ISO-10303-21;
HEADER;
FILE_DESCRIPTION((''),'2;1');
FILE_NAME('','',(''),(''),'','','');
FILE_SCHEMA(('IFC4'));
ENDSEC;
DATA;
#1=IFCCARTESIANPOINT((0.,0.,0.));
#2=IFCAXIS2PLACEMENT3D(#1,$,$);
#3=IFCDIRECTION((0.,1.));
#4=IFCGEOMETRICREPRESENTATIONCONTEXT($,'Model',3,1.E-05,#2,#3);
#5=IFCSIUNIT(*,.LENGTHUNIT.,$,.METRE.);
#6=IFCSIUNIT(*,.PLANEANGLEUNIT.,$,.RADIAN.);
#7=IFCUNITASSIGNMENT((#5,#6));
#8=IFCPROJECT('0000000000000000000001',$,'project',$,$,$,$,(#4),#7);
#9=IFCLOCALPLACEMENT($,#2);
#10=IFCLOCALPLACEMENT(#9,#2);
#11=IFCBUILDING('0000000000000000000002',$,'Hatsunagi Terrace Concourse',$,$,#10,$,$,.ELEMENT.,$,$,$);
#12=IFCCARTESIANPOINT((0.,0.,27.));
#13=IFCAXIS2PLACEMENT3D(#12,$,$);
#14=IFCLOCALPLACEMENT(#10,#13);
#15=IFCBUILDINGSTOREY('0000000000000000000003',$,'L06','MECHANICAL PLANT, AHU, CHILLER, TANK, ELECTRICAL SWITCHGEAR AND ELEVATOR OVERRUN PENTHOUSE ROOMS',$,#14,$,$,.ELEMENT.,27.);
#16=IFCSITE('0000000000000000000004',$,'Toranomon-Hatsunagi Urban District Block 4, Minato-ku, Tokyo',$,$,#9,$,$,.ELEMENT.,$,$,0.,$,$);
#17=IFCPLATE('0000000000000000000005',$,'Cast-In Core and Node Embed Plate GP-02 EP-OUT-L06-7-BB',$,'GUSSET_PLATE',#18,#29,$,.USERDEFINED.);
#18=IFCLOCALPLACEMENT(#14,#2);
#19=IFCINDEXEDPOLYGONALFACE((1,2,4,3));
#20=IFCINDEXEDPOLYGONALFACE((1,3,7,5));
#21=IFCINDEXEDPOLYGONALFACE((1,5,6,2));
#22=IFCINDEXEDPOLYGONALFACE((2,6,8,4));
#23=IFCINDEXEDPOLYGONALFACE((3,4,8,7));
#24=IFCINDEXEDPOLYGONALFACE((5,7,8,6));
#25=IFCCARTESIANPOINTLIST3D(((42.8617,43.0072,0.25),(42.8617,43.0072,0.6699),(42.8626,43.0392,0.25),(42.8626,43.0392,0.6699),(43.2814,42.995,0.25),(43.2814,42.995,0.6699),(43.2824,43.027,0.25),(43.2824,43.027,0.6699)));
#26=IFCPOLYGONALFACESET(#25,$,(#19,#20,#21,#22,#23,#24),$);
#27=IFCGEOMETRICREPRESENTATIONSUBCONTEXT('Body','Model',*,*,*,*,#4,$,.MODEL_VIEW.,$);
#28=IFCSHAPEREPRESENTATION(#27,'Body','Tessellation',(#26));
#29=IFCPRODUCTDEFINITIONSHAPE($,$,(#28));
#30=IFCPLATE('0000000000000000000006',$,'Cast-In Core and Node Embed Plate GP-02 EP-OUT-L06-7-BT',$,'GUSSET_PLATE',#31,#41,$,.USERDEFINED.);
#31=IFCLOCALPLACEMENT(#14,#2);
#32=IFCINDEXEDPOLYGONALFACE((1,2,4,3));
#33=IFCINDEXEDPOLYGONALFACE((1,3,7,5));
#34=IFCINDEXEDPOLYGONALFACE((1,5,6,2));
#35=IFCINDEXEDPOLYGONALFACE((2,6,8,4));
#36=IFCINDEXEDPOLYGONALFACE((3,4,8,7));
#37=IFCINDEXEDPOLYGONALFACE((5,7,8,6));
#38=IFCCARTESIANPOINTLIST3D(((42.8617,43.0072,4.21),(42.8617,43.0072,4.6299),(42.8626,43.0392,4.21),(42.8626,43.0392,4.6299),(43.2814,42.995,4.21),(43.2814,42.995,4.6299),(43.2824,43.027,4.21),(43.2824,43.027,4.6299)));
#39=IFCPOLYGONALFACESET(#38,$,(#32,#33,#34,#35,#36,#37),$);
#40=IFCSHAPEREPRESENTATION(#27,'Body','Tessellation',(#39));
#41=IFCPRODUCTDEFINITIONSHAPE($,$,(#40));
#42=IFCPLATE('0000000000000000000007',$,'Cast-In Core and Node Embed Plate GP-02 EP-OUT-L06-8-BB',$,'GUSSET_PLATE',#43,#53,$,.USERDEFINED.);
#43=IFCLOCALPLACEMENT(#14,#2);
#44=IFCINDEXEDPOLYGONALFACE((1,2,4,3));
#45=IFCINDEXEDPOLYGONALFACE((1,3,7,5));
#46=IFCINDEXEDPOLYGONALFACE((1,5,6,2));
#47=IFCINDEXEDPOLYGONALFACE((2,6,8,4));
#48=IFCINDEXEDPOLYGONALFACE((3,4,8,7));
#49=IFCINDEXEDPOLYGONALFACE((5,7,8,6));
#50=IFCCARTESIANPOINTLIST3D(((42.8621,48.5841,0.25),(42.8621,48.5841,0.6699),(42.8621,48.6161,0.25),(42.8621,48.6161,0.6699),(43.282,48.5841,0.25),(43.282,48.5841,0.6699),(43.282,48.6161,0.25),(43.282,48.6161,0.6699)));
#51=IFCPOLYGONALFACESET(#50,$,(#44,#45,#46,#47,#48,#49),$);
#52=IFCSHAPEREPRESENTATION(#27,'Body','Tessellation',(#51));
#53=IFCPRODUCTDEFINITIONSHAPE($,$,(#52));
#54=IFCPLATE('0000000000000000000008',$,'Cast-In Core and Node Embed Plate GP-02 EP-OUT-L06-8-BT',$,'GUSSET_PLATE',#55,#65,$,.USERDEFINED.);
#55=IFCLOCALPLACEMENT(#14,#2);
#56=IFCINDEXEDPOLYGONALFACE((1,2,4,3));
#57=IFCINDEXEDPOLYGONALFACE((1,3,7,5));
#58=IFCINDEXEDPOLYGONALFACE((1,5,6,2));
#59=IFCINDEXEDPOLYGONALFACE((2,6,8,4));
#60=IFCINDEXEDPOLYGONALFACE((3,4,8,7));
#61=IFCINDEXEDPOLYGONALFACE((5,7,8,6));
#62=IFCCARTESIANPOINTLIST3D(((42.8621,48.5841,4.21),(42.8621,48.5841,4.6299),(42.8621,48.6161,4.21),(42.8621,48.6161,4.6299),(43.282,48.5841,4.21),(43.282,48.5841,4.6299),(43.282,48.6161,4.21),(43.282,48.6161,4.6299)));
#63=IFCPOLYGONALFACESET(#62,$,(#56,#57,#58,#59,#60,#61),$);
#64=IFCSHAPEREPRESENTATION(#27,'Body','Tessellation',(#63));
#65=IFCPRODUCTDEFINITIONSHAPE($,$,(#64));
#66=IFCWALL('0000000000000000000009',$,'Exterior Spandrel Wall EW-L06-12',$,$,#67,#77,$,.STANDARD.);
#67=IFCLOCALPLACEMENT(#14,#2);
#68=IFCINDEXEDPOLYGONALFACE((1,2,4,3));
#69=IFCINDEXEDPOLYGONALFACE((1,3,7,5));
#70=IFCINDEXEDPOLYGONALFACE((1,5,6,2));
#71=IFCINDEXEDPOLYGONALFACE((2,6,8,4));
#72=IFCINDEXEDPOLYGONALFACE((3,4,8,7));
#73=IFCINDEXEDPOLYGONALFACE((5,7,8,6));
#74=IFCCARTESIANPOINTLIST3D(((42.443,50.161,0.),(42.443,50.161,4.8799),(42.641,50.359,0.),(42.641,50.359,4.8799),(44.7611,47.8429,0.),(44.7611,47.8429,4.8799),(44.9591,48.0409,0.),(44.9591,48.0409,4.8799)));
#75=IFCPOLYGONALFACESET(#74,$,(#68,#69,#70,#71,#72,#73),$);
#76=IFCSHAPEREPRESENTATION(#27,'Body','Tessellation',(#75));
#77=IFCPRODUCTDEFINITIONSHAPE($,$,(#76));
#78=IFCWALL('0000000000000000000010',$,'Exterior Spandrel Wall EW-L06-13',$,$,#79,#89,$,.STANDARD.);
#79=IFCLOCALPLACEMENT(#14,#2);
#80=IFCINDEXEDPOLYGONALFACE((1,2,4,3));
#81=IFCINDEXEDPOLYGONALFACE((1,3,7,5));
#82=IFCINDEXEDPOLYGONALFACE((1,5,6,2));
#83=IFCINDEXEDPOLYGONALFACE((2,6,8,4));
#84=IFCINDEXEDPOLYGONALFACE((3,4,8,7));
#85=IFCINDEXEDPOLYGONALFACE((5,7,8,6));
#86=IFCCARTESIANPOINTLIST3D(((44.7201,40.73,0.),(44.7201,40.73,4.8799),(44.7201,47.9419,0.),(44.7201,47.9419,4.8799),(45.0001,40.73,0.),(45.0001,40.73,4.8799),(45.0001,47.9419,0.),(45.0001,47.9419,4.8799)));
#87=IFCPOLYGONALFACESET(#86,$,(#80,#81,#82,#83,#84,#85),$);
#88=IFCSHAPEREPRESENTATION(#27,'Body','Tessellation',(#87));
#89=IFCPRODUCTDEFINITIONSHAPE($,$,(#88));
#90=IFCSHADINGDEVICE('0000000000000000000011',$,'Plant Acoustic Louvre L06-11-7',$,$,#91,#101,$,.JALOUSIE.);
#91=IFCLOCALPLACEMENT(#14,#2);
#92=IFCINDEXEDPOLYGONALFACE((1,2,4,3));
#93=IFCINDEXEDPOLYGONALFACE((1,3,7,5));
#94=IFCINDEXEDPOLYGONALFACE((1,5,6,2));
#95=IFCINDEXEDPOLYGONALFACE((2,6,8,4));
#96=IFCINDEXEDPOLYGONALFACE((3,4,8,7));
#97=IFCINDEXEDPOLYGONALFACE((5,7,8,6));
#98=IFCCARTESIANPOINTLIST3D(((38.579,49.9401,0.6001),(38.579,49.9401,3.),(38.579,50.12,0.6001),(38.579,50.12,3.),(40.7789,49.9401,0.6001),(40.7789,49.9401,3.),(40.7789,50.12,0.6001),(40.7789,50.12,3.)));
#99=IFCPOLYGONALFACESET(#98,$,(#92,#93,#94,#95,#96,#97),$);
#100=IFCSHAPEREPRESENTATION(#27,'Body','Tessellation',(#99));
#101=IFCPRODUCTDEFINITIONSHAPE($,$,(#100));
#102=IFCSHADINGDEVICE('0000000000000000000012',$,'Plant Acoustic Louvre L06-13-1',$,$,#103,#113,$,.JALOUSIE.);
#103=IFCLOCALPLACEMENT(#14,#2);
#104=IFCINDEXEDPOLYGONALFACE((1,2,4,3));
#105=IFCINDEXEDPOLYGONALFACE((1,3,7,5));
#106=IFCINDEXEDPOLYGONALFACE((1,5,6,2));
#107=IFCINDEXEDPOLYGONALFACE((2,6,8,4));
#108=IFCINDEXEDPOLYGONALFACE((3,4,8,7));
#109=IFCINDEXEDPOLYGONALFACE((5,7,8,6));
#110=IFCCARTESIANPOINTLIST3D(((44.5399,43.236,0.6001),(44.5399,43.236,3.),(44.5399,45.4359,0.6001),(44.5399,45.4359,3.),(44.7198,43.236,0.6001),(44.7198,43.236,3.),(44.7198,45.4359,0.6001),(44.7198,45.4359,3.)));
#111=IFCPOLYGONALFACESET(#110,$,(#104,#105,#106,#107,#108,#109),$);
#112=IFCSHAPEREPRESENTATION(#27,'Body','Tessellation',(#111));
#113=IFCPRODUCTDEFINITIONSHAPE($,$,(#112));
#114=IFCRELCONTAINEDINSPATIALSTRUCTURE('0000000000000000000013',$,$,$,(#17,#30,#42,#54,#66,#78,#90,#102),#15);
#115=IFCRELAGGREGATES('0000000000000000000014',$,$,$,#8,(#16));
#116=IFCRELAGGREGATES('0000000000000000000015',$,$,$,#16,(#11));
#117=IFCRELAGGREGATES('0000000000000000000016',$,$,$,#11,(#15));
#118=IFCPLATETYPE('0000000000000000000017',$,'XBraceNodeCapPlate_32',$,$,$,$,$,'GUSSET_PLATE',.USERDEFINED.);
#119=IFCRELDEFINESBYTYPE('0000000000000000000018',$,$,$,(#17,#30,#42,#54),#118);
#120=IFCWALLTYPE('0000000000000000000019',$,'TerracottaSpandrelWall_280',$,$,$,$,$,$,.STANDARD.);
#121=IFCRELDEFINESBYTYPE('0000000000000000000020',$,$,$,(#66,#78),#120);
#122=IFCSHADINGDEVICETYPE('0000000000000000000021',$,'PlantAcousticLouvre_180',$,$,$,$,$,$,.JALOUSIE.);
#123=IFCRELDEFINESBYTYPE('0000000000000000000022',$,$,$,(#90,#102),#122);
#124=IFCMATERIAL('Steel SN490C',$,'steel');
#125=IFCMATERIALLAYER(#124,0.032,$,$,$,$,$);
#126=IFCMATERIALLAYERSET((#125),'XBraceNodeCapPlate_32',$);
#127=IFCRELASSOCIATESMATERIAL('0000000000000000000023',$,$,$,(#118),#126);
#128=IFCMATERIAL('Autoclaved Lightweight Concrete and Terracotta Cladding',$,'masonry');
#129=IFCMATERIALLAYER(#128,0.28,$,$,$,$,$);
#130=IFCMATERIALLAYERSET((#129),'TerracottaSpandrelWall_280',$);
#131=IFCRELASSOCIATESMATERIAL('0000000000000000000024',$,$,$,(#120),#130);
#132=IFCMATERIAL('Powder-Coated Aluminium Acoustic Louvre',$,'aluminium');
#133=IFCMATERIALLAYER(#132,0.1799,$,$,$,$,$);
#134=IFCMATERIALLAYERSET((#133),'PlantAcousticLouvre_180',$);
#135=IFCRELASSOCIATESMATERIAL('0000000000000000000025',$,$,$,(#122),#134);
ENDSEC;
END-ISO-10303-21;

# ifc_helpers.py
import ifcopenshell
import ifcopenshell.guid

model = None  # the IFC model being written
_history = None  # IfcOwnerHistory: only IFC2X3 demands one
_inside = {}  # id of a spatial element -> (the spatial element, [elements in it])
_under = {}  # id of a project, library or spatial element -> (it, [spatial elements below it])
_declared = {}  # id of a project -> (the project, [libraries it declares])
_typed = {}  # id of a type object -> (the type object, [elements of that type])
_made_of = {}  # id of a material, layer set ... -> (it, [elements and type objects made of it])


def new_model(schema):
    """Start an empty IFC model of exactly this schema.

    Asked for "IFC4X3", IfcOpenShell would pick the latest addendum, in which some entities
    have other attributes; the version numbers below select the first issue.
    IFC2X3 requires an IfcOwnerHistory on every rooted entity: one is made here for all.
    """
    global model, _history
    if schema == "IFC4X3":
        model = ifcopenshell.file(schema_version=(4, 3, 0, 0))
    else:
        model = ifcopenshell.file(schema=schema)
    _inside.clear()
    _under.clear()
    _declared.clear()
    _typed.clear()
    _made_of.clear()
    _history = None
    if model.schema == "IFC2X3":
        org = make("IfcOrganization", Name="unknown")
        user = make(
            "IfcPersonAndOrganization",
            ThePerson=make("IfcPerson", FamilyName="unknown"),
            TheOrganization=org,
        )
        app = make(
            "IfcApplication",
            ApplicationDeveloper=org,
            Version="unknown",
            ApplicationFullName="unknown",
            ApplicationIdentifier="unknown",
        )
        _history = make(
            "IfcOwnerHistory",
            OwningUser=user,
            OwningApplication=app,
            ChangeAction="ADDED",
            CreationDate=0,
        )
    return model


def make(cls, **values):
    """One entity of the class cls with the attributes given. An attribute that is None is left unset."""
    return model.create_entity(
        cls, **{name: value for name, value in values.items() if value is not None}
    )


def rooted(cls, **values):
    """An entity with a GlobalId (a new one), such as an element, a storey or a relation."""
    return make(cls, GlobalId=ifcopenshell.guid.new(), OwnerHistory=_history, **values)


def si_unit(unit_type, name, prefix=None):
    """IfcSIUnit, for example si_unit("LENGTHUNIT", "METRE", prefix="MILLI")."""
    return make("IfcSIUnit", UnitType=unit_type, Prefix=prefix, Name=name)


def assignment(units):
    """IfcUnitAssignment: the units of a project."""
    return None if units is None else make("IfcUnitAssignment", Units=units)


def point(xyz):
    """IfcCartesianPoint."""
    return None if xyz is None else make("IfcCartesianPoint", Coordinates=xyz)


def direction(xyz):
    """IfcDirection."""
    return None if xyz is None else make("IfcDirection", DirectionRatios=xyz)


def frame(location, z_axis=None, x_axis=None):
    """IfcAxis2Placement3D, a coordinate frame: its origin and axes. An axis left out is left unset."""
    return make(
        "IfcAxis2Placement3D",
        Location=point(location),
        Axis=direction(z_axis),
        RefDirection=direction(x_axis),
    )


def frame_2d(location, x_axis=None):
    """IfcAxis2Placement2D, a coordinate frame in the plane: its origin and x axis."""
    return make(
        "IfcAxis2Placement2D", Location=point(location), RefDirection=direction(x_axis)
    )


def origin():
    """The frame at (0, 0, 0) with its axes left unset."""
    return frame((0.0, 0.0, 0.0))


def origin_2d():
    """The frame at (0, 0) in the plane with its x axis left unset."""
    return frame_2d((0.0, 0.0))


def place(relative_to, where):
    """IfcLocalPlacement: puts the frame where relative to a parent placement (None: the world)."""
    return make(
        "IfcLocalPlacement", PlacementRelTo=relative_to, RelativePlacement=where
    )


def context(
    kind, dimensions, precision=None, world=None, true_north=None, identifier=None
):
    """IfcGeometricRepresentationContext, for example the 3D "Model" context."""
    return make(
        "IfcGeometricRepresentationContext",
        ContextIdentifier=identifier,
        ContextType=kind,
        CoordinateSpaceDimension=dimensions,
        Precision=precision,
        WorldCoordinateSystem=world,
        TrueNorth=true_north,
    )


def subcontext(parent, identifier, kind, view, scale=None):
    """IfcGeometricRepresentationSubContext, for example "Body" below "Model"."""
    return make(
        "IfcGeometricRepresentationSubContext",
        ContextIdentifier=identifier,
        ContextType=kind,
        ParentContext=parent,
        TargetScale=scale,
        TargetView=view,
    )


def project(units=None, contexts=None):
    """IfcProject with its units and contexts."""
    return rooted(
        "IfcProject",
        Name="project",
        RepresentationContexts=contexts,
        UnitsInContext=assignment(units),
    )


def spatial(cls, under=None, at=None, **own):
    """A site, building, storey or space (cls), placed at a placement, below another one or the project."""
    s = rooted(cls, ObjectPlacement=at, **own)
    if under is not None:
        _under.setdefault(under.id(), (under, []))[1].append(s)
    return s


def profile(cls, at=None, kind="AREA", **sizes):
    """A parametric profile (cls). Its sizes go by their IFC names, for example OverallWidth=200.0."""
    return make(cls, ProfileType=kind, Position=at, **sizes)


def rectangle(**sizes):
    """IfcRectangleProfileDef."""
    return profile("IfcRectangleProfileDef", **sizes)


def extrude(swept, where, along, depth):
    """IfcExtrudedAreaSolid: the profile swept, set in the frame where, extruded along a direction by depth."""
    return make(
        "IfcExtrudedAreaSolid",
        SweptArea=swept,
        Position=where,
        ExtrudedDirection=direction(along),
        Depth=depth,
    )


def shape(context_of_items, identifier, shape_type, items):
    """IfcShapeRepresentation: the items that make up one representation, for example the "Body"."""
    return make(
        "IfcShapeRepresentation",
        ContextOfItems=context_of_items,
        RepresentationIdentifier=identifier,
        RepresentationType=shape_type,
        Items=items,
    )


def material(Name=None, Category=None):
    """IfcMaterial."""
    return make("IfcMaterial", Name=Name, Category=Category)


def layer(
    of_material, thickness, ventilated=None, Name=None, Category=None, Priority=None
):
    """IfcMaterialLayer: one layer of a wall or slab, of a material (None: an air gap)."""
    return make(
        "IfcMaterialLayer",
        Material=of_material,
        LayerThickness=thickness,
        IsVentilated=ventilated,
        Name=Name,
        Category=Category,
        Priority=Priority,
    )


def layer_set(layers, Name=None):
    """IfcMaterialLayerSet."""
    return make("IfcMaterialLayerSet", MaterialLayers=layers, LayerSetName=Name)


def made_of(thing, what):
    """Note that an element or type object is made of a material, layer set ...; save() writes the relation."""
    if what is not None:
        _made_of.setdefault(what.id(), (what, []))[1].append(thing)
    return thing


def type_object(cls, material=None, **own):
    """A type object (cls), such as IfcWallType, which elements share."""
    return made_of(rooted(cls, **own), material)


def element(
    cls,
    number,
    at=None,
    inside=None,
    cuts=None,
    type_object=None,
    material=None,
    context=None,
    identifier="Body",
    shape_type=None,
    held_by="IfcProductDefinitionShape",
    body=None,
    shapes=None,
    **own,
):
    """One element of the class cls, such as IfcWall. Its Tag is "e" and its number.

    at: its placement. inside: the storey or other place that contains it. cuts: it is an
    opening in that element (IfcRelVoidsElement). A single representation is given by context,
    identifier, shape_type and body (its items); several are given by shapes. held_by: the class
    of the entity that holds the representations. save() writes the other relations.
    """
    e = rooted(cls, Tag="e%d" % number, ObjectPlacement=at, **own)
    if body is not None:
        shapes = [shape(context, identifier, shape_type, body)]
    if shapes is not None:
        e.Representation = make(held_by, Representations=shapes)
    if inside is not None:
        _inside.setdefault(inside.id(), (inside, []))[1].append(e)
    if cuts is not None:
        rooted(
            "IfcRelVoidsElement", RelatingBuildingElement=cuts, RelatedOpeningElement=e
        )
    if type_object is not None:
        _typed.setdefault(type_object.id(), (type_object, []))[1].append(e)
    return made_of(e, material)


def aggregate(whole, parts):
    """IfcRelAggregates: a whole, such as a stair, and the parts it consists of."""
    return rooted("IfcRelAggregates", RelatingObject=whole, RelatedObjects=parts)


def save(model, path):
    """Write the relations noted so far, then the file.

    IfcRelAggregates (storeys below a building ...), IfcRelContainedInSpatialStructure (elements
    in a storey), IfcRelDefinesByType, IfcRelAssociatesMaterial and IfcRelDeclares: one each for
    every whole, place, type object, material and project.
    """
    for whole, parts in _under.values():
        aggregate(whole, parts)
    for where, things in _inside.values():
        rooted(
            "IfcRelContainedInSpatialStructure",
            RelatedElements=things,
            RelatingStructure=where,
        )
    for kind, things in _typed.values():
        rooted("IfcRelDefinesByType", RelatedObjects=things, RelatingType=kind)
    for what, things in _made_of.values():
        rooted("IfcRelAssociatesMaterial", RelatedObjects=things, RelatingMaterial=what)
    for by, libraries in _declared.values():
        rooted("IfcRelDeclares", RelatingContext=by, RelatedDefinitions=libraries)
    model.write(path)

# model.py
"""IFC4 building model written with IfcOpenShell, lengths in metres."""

from ifc_helpers import new_model, si_unit, direction, frame, frame_2d, origin, origin_2d, place, context, subcontext, project, spatial, rectangle, extrude, material, layer, layer_set, type_object, element, save


model = new_model("IFC4")

# Units and contexts
model_context = context("Model", 3, precision=1e-05, world=origin(), true_north=direction((0.0, 1.0)))
body_context = subcontext(model_context, "Body", "Model", "MODEL_VIEW")
ifc_project = project(units=[si_unit("LENGTHUNIT", "METRE"), si_unit("PLANEANGLEUNIT", "RADIAN")], contexts=[model_context])

# Site, building, storey
site_placement = place(None, origin())
site = spatial("IfcSite", under=ifc_project, at=site_placement, Name="Toranomon-Hatsunagi Urban District Block 4, Minato-ku, Tokyo", CompositionType="ELEMENT", RefElevation=0.0)
building_placement = place(site_placement, origin())
building = spatial("IfcBuilding", under=site, at=building_placement, Name="Hatsunagi Terrace Concourse", CompositionType="ELEMENT")
storey_placement = place(building_placement, frame((0.0, 0.0, 27.0)))
storey = spatial("IfcBuildingStorey", under=building, at=storey_placement, Name="L06", Description="MECHANICAL PLANT, AHU, CHILLER, TANK, ELECTRICAL SWITCHGEAR AND ELEVATOR OVERRUN PENTHOUSE ROOMS", CompositionType="ELEMENT", Elevation=27.0)

# Plates
ifc_material_1 = material(Name="Steel SN490C", Category="steel")
ifc_layer_1 = layer(ifc_material_1, 0.032)
ifc_layer_set_1 = layer_set([ifc_layer_1], Name="XBraceNodeCapPlate_32")
plate_type_1 = type_object("IfcPlateType", Name="XBraceNodeCapPlate_32", ElementType="GUSSET_PLATE", PredefinedType="USERDEFINED", material=ifc_layer_set_1)
for number, where, z_axis, x_axis, name in (
    (1, (43.072, 43.0171, 0.25), (0.0, 0.0, 1.0), (0.999576, -0.029113, 0.0), "Cast-In Core and Node Embed Plate GP-02 EP-OUT-L06-7-BB"),
    (2, (43.072, 43.0171, 4.21), (0.0, 0.0, 1.0), (0.999576, -0.029113, 0.0), "Cast-In Core and Node Embed Plate GP-02 EP-OUT-L06-7-BT"),
    (3, (43.072, 48.6001, 0.25), (0.0, 0.0, 1.0), (1.0, 0.0, 0.0), "Cast-In Core and Node Embed Plate GP-02 EP-OUT-L06-8-BB"),
    (4, (43.072, 48.6001, 4.21), (0.0, 0.0, 1.0), (1.0, 0.0, 0.0), "Cast-In Core and Node Embed Plate GP-02 EP-OUT-L06-8-BT"),
):
    element("IfcPlate", number, at=place(storey_placement, frame(where, z_axis=z_axis, x_axis=x_axis)), inside=storey, type_object=plate_type_1, Name=name, ObjectType="GUSSET_PLATE", PredefinedType="USERDEFINED", context=body_context, shape_type="SweptSolid", body=[
        extrude(rectangle(XDim=0.4199, YDim=0.032, at=origin_2d()), origin(), (0.0, 0.0, 1.0), 0.4199),
    ])

# Walls
ifc_material_2 = material(Name="Autoclaved Lightweight Concrete and Terracotta Cladding", Category="masonry")
ifc_layer_2 = layer(ifc_material_2, 0.28)
ifc_layer_set_2 = layer_set([ifc_layer_2], Name="TerracottaSpandrelWall_280")
wall_type = type_object("IfcWallType", Name="TerracottaSpandrelWall_280", PredefinedType="STANDARD", material=ifc_layer_set_2)
wall_1_placement = place(storey_placement, frame((42.542, 50.26, 0.0), z_axis=(0.0, 0.0, 1.0), x_axis=(0.707107, -0.707107, 0.0)))
element("IfcWall", 5, at=wall_1_placement, inside=storey, type_object=wall_type, Name="Exterior Spandrel Wall EW-L06-12", PredefinedType="STANDARD", context=body_context, shape_type="SweptSolid", body=[
    extrude(rectangle(XDim=3.2783, YDim=0.28, at=frame_2d((1.6392, 0.0))), origin(), (0.0, 0.0, 1.0), 4.8799),
])
wall_2_placement = place(storey_placement, frame((44.8601, 47.9419, 0.0), z_axis=(0.0, 0.0, 1.0), x_axis=(0.0, -1.0, 0.0)))
element("IfcWall", 6, at=wall_2_placement, inside=storey, type_object=wall_type, Name="Exterior Spandrel Wall EW-L06-13", PredefinedType="STANDARD", context=body_context, shape_type="SweptSolid", body=[
    extrude(rectangle(XDim=7.2119, YDim=0.28, at=frame_2d((3.606, 0.0))), origin(), (0.0, 0.0, 1.0), 4.8799),
])

# Shading devices
ifc_material_3 = material(Name="Powder-Coated Aluminium Acoustic Louvre", Category="aluminium")
ifc_layer_3 = layer(ifc_material_3, 0.1799)
ifc_layer_set_3 = layer_set([ifc_layer_3], Name="PlantAcousticLouvre_180")
shading_device_type = type_object("IfcShadingDeviceType", Name="PlantAcousticLouvre_180", PredefinedType="JALOUSIE", material=ifc_layer_set_3)
for number, where, z_axis, x_axis, name in (
    (7, (39.679, 50.03, 0.6001), (0.0, 0.0, 1.0), (1.0, 0.0, 0.0), "Plant Acoustic Louvre L06-11-7"),
    (8, (44.6299, 44.3359, 0.6001), (0.0, 0.0, 1.0), (0.0, -1.0, 0.0), "Plant Acoustic Louvre L06-13-1"),
):
    element("IfcShadingDevice", number, at=place(storey_placement, frame(where, z_axis=z_axis, x_axis=x_axis)), inside=storey, type_object=shading_device_type, Name=name, PredefinedType="JALOUSIE", context=body_context, shape_type="SweptSolid", body=[
        extrude(rectangle(XDim=2.2, YDim=0.1799, at=origin_2d()), origin(), (0.0, 0.0, 1.0), 2.3999),
    ])

save(model, "model.ifc")
